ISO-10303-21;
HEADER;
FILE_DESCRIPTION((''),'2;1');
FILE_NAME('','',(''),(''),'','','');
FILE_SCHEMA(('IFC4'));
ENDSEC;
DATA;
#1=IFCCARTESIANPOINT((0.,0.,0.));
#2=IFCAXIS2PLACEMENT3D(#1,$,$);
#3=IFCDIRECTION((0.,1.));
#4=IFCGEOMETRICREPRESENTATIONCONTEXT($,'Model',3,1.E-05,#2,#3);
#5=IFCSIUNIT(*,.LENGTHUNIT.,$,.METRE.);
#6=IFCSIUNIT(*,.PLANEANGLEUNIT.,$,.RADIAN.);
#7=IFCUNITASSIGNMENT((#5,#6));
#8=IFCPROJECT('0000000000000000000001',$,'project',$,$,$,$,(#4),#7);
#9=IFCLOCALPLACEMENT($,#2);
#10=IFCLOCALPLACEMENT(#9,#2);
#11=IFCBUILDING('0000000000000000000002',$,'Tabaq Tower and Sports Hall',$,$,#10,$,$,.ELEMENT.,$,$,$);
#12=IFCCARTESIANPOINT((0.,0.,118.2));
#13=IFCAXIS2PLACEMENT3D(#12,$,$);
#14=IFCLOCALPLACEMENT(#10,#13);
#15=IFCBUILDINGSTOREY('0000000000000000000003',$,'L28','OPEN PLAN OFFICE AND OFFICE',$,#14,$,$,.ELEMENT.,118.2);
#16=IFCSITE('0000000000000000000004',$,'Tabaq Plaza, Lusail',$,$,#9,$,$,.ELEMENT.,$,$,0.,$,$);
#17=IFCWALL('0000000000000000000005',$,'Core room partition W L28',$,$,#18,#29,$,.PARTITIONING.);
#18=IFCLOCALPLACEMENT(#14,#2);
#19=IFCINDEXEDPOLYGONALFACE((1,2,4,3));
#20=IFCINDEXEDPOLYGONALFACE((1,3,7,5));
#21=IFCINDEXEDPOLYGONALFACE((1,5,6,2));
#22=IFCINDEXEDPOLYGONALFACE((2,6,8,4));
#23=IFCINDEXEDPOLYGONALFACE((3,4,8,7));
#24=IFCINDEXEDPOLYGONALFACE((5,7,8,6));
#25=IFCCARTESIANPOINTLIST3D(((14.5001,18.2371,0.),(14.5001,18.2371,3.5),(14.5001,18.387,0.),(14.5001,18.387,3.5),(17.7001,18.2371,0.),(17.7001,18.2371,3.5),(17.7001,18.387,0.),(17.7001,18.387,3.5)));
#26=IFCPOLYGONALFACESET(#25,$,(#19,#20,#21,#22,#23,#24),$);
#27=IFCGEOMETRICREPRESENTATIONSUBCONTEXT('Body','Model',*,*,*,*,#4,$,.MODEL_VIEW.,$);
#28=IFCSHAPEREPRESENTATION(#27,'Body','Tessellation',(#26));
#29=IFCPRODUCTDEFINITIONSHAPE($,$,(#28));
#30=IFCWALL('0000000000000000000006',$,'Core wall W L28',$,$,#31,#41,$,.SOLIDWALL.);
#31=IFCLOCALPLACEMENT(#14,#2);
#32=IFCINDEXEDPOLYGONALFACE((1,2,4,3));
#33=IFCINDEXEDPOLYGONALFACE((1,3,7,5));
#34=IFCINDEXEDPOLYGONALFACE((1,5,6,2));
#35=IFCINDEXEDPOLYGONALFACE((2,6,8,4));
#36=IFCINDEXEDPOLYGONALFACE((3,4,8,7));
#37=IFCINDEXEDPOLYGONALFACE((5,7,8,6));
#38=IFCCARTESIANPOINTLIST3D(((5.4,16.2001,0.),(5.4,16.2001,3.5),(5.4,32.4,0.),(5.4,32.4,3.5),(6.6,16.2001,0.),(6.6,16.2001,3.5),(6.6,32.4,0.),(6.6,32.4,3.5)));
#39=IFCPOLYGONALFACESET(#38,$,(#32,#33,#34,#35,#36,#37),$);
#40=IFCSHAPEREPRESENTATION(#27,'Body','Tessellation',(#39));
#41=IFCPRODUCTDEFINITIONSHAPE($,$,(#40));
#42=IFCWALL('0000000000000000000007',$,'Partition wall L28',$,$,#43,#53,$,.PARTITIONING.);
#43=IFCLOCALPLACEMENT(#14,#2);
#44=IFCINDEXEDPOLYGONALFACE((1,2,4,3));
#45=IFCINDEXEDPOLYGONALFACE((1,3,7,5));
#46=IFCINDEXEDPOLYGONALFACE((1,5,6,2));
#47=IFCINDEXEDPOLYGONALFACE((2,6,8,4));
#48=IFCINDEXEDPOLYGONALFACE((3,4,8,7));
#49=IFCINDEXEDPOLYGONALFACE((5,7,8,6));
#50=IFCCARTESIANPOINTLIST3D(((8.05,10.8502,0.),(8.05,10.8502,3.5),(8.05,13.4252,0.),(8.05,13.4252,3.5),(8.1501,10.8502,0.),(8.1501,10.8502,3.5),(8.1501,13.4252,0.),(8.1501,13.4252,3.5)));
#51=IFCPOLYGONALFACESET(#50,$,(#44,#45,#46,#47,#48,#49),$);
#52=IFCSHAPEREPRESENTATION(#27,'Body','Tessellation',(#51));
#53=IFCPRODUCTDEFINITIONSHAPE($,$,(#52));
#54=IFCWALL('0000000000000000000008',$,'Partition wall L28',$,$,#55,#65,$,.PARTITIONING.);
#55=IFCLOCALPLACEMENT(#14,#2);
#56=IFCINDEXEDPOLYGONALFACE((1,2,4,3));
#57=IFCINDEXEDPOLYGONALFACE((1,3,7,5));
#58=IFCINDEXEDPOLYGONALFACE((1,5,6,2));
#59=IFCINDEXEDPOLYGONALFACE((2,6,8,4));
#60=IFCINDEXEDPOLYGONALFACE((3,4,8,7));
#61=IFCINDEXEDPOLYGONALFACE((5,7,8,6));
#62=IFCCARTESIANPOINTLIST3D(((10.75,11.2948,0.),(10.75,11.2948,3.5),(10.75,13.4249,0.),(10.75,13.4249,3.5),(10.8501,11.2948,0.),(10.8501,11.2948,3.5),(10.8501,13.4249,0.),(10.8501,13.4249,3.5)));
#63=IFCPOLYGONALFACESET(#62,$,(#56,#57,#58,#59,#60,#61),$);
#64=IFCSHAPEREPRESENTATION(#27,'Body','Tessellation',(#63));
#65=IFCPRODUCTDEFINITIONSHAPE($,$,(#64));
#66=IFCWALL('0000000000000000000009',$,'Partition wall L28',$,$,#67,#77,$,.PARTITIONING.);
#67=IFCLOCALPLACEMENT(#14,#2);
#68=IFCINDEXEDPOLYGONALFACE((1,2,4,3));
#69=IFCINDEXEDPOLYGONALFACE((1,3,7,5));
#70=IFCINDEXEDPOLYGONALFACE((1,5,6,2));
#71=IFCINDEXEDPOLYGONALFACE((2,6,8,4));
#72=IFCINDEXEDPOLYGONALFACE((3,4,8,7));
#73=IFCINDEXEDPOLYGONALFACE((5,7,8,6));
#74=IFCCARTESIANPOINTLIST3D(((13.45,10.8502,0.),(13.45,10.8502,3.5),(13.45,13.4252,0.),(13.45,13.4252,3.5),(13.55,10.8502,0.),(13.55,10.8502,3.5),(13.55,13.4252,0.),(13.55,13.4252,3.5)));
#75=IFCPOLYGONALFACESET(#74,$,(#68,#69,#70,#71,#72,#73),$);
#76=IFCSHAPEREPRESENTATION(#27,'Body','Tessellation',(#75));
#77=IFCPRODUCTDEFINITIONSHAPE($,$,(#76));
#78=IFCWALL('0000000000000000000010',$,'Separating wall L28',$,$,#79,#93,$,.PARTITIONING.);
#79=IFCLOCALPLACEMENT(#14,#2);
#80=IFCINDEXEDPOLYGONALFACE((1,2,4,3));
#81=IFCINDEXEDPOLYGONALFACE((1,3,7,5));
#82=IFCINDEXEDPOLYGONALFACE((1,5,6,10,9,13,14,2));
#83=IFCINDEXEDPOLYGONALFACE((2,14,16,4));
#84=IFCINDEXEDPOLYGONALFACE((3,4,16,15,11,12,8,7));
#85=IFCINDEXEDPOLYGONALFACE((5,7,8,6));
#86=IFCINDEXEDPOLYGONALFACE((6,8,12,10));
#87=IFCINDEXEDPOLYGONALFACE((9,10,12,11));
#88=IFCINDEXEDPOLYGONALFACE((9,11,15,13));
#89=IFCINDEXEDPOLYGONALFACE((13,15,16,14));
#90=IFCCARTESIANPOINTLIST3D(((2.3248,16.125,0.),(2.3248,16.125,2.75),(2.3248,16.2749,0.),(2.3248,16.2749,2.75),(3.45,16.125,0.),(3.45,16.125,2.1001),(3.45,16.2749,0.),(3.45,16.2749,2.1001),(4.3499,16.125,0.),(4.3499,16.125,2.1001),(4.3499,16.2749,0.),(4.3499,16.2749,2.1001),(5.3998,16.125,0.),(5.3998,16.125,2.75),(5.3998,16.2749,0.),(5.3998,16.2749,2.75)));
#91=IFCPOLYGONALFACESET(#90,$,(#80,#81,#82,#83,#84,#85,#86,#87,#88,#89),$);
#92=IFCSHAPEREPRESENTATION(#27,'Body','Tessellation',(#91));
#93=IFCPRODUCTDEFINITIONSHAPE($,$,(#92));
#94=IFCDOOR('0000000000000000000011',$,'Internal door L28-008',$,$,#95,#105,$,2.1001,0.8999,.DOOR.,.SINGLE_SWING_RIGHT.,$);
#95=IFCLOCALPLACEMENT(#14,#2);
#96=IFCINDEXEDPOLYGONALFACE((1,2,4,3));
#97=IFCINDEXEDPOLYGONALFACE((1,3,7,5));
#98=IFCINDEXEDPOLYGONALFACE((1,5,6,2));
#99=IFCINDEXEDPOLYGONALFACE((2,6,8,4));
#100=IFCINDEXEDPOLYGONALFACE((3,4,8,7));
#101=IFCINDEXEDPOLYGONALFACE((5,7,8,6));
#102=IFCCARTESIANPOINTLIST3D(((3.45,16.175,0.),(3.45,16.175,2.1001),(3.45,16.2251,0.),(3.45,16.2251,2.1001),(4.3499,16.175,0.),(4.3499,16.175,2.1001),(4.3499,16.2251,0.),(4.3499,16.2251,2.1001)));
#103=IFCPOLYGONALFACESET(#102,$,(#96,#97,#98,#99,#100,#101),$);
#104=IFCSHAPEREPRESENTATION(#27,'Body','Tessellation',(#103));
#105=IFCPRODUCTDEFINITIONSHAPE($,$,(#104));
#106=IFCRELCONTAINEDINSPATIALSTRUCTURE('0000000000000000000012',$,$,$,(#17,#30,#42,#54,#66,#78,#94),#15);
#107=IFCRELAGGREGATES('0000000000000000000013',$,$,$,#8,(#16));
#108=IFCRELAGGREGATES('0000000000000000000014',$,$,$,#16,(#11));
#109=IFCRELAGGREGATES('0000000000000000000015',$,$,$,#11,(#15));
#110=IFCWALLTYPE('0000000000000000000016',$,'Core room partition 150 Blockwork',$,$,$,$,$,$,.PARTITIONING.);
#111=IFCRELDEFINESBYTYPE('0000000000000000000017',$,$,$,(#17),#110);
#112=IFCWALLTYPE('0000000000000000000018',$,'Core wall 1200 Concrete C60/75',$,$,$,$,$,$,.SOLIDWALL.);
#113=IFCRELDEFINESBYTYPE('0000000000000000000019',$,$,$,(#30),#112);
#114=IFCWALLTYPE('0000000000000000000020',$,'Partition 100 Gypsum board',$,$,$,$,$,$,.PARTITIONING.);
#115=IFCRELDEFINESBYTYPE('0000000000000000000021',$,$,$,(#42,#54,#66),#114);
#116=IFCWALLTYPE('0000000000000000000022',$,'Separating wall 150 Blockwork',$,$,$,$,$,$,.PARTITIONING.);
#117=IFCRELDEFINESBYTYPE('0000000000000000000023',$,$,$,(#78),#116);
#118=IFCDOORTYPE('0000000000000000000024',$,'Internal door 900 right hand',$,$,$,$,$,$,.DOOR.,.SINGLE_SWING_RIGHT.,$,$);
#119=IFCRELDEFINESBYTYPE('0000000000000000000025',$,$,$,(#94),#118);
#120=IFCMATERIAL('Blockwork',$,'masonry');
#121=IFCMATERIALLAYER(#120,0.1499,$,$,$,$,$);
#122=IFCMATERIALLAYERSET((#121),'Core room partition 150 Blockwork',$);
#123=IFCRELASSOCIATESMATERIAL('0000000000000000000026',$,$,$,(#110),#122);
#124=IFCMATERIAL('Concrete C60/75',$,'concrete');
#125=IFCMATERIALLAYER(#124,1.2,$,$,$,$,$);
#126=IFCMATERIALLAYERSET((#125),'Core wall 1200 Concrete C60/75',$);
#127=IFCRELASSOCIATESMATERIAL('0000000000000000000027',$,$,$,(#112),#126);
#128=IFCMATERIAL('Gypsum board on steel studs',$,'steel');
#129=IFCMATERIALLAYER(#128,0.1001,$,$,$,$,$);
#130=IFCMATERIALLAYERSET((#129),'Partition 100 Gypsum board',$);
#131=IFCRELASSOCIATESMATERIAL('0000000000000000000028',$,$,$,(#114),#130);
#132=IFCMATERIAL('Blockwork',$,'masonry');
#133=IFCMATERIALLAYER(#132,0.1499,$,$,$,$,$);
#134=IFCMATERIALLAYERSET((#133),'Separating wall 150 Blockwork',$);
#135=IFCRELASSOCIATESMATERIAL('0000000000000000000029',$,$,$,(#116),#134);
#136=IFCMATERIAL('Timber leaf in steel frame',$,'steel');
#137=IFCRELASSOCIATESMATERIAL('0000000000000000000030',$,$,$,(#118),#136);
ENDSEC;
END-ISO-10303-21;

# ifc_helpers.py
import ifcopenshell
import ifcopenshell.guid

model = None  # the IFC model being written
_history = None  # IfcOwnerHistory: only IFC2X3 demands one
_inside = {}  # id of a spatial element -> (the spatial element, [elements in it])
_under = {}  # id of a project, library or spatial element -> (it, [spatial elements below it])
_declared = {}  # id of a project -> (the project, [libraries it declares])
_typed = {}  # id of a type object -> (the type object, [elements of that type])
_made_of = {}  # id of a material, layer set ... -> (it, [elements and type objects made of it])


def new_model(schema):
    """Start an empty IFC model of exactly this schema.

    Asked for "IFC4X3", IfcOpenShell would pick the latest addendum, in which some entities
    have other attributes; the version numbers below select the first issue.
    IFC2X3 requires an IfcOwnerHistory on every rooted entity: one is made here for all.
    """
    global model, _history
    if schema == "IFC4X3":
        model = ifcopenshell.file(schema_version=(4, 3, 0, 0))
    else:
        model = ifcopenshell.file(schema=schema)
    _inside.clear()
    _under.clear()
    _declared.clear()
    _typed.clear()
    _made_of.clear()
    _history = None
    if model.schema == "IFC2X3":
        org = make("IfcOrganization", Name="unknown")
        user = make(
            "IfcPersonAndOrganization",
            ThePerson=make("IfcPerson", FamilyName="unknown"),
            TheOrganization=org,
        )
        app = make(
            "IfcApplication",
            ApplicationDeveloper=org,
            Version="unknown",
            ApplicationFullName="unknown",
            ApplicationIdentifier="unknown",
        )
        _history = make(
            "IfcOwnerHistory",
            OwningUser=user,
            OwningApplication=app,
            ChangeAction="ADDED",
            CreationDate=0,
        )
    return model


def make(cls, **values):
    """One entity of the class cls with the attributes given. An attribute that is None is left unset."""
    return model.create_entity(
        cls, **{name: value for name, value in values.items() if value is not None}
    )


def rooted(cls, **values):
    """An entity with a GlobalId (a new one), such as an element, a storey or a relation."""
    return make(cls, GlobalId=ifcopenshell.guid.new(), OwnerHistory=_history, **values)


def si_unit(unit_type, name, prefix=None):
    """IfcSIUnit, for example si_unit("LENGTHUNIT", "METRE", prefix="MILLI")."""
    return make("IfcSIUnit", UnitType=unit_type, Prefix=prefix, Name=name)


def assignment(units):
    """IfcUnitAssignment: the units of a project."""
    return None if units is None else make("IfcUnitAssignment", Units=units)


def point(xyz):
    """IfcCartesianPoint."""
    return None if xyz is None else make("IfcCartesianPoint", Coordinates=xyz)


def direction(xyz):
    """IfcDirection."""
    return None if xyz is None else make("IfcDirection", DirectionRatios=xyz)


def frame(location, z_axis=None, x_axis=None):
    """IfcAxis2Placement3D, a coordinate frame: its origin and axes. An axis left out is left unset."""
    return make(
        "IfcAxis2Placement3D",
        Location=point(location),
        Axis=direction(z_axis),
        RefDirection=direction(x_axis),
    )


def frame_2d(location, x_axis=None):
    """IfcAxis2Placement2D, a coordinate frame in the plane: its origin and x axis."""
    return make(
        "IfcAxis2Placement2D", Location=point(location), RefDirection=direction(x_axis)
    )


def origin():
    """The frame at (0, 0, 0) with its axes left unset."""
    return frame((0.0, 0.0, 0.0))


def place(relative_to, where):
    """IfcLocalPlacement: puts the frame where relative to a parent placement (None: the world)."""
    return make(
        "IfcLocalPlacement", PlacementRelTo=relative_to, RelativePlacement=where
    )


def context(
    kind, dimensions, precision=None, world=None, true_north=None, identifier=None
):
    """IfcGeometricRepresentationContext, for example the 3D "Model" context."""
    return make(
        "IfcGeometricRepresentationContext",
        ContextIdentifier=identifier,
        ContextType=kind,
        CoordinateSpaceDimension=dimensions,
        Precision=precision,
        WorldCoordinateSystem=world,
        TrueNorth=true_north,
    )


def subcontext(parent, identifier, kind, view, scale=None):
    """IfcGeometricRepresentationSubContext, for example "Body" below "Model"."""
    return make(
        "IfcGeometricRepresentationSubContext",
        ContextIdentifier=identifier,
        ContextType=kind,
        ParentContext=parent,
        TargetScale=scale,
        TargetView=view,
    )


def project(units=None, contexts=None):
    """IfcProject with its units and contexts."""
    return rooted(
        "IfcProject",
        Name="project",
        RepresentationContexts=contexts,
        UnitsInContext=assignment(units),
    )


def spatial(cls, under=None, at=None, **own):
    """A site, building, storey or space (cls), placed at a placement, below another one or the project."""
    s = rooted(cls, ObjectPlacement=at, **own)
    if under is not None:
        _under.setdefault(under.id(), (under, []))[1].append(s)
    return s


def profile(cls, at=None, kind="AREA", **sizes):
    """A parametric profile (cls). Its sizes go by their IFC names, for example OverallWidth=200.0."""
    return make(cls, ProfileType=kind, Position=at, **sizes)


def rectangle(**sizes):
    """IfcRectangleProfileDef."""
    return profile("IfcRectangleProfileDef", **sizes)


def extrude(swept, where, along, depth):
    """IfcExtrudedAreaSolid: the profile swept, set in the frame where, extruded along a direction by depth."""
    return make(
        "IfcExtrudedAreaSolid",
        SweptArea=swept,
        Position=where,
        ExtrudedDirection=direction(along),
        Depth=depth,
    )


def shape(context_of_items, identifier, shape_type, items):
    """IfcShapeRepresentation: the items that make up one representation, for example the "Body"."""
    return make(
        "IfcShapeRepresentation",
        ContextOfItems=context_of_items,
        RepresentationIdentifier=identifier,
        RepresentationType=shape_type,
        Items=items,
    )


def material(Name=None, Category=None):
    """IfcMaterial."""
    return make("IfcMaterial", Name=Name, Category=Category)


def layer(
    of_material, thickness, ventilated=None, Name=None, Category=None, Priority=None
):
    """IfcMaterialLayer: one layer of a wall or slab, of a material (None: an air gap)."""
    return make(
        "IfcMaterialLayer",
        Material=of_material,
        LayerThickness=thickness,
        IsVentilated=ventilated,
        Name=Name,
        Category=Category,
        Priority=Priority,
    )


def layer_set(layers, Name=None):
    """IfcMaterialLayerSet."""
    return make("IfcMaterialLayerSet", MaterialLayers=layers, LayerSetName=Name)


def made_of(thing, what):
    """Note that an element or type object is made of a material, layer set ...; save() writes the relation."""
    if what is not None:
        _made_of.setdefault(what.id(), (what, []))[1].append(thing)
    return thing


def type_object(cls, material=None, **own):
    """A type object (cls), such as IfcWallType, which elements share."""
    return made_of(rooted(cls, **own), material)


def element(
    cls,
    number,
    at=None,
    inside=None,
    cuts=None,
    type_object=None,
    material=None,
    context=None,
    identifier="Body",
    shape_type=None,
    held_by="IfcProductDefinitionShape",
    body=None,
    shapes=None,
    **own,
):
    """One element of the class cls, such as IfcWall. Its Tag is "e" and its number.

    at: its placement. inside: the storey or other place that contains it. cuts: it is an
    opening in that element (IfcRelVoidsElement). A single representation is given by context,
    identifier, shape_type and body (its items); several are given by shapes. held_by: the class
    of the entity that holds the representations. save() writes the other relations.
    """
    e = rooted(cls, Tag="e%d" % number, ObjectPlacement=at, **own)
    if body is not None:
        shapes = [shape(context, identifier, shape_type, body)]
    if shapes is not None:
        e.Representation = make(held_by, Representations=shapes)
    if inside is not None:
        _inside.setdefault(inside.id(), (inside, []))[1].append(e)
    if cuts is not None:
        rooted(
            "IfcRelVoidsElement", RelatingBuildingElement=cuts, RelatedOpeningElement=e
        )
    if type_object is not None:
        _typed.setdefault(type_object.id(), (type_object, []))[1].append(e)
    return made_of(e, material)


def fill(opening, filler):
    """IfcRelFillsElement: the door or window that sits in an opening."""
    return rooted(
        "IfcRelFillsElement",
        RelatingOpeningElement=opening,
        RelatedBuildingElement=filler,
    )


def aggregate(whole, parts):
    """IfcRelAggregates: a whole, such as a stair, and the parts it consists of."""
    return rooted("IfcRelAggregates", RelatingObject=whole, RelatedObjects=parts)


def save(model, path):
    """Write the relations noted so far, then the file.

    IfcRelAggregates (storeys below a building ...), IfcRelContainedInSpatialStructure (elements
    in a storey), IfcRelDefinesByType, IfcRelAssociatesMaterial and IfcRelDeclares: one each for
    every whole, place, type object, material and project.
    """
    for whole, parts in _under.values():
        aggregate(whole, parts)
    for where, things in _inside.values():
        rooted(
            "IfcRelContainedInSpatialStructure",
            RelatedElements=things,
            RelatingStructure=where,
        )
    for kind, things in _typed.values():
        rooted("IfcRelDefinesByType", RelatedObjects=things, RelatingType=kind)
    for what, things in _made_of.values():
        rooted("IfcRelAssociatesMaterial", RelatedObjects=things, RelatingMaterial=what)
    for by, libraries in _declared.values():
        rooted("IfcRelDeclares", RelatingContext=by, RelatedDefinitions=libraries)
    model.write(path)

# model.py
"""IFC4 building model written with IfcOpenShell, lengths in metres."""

from ifc_helpers import new_model, si_unit, direction, frame, frame_2d, origin, place, context, subcontext, project, spatial, rectangle, extrude, material, layer, layer_set, type_object, element, fill, save


model = new_model("IFC4")

# Units and contexts
model_context = context("Model", 3, precision=1e-05, world=origin(), true_north=direction((0.0, 1.0)))
body_context = subcontext(model_context, "Body", "Model", "MODEL_VIEW")
ifc_project = project(units=[si_unit("LENGTHUNIT", "METRE"), si_unit("PLANEANGLEUNIT", "RADIAN")], contexts=[model_context])

# Site, building, storey
site_placement = place(None, origin())
site = spatial("IfcSite", under=ifc_project, at=site_placement, Name="Tabaq Plaza, Lusail", CompositionType="ELEMENT", RefElevation=0.0)
building_placement = place(site_placement, origin())
building = spatial("IfcBuilding", under=site, at=building_placement, Name="Tabaq Tower and Sports Hall", CompositionType="ELEMENT")
storey_placement = place(building_placement, frame((0.0, 0.0, 118.2)))
storey = spatial("IfcBuildingStorey", under=building, at=storey_placement, Name="L28", Description="OPEN PLAN OFFICE AND OFFICE", CompositionType="ELEMENT", Elevation=118.2)

# Walls
ifc_material_1 = material(Name="Blockwork", Category="masonry")
ifc_layer_1 = layer(ifc_material_1, 0.1499)
ifc_layer_set_1 = layer_set([ifc_layer_1], Name="Core room partition 150 Blockwork")
wall_type_1 = type_object("IfcWallType", Name="Core room partition 150 Blockwork", PredefinedType="PARTITIONING", material=ifc_layer_set_1)
wall_1_placement = place(storey_placement, frame((14.5, 18.312, 0.0), z_axis=(0.0, 0.0, 1.0), x_axis=(1.0, 0.0, 0.0)))
element("IfcWall", 1, at=wall_1_placement, inside=storey, type_object=wall_type_1, Name="Core room partition W L28", PredefinedType="PARTITIONING", context=body_context, shape_type="SweptSolid", body=[
    extrude(rectangle(XDim=3.2, YDim=0.1499, at=frame_2d((1.6001, 0.0))), origin(), (0.0, 0.0, 1.0), 3.5),
])
ifc_material_2 = material(Name="Concrete C60/75", Category="concrete")
ifc_layer_2 = layer(ifc_material_2, 1.2)
ifc_layer_set_2 = layer_set([ifc_layer_2], Name="Core wall 1200 Concrete C60/75")
wall_type_2 = type_object("IfcWallType", Name="Core wall 1200 Concrete C60/75", PredefinedType="SOLIDWALL", material=ifc_layer_set_2)
wall_2_placement = place(storey_placement, frame((6.0, 16.2, 0.0), z_axis=(0.0, 0.0, 1.0), x_axis=(0.0, 1.0, 0.0)))
element("IfcWall", 2, at=wall_2_placement, inside=storey, type_object=wall_type_2, Name="Core wall W L28", PredefinedType="SOLIDWALL", context=body_context, shape_type="SweptSolid", body=[
    extrude(rectangle(XDim=16.2, YDim=1.2, at=frame_2d((8.1001, 0.0))), origin(), (0.0, 0.0, 1.0), 3.5),
])
ifc_material_3 = material(Name="Gypsum board on steel studs", Category="steel")
ifc_layer_3 = layer(ifc_material_3, 0.1001)
ifc_layer_set_3 = layer_set([ifc_layer_3], Name="Partition 100 Gypsum board")
wall_type_3 = type_object("IfcWallType", Name="Partition 100 Gypsum board", PredefinedType="PARTITIONING", material=ifc_layer_set_3)
wall_3_placement = place(storey_placement, frame((8.1001, 10.8501, 0.0), z_axis=(0.0, 0.0, 1.0), x_axis=(0.0, 1.0, 0.0)))
element("IfcWall", 3, at=wall_3_placement, inside=storey, type_object=wall_type_3, Name="Partition wall L28", PredefinedType="PARTITIONING", context=body_context, shape_type="SweptSolid", body=[
    extrude(rectangle(XDim=2.575, YDim=0.1001, at=frame_2d((1.2876, 0.0))), origin(), (0.0, 0.0, 1.0), 3.5),
])
wall_4_placement = place(storey_placement, frame((10.8, 11.2949, 0.0), z_axis=(0.0, 0.0, 1.0), x_axis=(0.0, 1.0, 0.0)))
element("IfcWall", 4, at=wall_4_placement, inside=storey, type_object=wall_type_3, Name="Partition wall L28", PredefinedType="PARTITIONING", context=body_context, shape_type="SweptSolid", body=[
    extrude(rectangle(XDim=2.1301, YDim=0.1001, at=frame_2d((1.0649, 0.0))), origin(), (0.0, 0.0, 1.0), 3.5),
])
wall_5_placement = place(storey_placement, frame((13.5, 10.8501, 0.0), z_axis=(0.0, 0.0, 1.0), x_axis=(0.0, 1.0, 0.0)))
element("IfcWall", 5, at=wall_5_placement, inside=storey, type_object=wall_type_3, Name="Partition wall L28", PredefinedType="PARTITIONING", context=body_context, shape_type="SweptSolid", body=[
    extrude(rectangle(XDim=2.575, YDim=0.1001, at=frame_2d((1.2876, 0.0))), origin(), (0.0, 0.0, 1.0), 3.5),
])

# Wall, opening, door
ifc_material_4 = material(Name="Blockwork", Category="masonry")
ifc_layer_4 = layer(ifc_material_4, 0.1499)
ifc_layer_set_4 = layer_set([ifc_layer_4], Name="Separating wall 150 Blockwork")
wall_type_4 = type_object("IfcWallType", Name="Separating wall 150 Blockwork", PredefinedType="PARTITIONING", material=ifc_layer_set_4)
wall_6_placement = place(storey_placement, frame((5.3999, 16.2, 0.0), z_axis=(0.0, 0.0, 1.0), x_axis=(-1.0, 0.0, 0.0)))
wall_6 = element("IfcWall", 6, at=wall_6_placement, inside=storey, type_object=wall_type_4, Name="Separating wall L28", PredefinedType="PARTITIONING", context=body_context, shape_type="SweptSolid", body=[
    extrude(rectangle(XDim=3.075, YDim=0.1499, at=frame_2d((1.5376, 0.0))), origin(), (0.0, 0.0, 1.0), 2.75),
])
opening_1_placement = place(wall_6_placement, frame((1.05, 0.0, 0.0)))
opening_1 = element("IfcOpeningElement", 7, at=opening_1_placement, cuts=wall_6, PredefinedType="OPENING", context=body_context, shape_type="SweptSolid", body=[
    extrude(rectangle(XDim=0.8999, YDim=2.1001, at=frame_2d((0.45, 1.05))), frame((0.0, 0.075, 0.0), z_axis=(0.0, -1.0, 0.0), x_axis=(1.0, 0.0, 0.0)), (0.0, 0.0, 1.0), 0.1499),
])
ifc_material_5 = material(Name="Timber leaf in steel frame", Category="steel")
door_type_1 = type_object("IfcDoorType", Name="Internal door 900 right hand", OperationType="SINGLE_SWING_RIGHT", PredefinedType="DOOR", material=ifc_material_5)
door_1_placement = place(opening_1_placement, origin())
door_1 = element("IfcDoor", 8, at=door_1_placement, inside=storey, type_object=door_type_1, Name="Internal door L28-008", OperationType="SINGLE_SWING_RIGHT", OverallHeight=2.1001, OverallWidth=0.8999, PredefinedType="DOOR", context=body_context, shape_type="SweptSolid", body=[
    extrude(rectangle(XDim=0.8999, YDim=2.1001, at=frame_2d((0.45, 1.05))), frame((0.0, 0.0249, 0.0), z_axis=(0.0, -1.0, 0.0), x_axis=(1.0, 0.0, 0.0)), (0.0, 0.0, 1.0), 0.05),
])
fill(opening_1, door_1)

save(model, "model.ifc")
